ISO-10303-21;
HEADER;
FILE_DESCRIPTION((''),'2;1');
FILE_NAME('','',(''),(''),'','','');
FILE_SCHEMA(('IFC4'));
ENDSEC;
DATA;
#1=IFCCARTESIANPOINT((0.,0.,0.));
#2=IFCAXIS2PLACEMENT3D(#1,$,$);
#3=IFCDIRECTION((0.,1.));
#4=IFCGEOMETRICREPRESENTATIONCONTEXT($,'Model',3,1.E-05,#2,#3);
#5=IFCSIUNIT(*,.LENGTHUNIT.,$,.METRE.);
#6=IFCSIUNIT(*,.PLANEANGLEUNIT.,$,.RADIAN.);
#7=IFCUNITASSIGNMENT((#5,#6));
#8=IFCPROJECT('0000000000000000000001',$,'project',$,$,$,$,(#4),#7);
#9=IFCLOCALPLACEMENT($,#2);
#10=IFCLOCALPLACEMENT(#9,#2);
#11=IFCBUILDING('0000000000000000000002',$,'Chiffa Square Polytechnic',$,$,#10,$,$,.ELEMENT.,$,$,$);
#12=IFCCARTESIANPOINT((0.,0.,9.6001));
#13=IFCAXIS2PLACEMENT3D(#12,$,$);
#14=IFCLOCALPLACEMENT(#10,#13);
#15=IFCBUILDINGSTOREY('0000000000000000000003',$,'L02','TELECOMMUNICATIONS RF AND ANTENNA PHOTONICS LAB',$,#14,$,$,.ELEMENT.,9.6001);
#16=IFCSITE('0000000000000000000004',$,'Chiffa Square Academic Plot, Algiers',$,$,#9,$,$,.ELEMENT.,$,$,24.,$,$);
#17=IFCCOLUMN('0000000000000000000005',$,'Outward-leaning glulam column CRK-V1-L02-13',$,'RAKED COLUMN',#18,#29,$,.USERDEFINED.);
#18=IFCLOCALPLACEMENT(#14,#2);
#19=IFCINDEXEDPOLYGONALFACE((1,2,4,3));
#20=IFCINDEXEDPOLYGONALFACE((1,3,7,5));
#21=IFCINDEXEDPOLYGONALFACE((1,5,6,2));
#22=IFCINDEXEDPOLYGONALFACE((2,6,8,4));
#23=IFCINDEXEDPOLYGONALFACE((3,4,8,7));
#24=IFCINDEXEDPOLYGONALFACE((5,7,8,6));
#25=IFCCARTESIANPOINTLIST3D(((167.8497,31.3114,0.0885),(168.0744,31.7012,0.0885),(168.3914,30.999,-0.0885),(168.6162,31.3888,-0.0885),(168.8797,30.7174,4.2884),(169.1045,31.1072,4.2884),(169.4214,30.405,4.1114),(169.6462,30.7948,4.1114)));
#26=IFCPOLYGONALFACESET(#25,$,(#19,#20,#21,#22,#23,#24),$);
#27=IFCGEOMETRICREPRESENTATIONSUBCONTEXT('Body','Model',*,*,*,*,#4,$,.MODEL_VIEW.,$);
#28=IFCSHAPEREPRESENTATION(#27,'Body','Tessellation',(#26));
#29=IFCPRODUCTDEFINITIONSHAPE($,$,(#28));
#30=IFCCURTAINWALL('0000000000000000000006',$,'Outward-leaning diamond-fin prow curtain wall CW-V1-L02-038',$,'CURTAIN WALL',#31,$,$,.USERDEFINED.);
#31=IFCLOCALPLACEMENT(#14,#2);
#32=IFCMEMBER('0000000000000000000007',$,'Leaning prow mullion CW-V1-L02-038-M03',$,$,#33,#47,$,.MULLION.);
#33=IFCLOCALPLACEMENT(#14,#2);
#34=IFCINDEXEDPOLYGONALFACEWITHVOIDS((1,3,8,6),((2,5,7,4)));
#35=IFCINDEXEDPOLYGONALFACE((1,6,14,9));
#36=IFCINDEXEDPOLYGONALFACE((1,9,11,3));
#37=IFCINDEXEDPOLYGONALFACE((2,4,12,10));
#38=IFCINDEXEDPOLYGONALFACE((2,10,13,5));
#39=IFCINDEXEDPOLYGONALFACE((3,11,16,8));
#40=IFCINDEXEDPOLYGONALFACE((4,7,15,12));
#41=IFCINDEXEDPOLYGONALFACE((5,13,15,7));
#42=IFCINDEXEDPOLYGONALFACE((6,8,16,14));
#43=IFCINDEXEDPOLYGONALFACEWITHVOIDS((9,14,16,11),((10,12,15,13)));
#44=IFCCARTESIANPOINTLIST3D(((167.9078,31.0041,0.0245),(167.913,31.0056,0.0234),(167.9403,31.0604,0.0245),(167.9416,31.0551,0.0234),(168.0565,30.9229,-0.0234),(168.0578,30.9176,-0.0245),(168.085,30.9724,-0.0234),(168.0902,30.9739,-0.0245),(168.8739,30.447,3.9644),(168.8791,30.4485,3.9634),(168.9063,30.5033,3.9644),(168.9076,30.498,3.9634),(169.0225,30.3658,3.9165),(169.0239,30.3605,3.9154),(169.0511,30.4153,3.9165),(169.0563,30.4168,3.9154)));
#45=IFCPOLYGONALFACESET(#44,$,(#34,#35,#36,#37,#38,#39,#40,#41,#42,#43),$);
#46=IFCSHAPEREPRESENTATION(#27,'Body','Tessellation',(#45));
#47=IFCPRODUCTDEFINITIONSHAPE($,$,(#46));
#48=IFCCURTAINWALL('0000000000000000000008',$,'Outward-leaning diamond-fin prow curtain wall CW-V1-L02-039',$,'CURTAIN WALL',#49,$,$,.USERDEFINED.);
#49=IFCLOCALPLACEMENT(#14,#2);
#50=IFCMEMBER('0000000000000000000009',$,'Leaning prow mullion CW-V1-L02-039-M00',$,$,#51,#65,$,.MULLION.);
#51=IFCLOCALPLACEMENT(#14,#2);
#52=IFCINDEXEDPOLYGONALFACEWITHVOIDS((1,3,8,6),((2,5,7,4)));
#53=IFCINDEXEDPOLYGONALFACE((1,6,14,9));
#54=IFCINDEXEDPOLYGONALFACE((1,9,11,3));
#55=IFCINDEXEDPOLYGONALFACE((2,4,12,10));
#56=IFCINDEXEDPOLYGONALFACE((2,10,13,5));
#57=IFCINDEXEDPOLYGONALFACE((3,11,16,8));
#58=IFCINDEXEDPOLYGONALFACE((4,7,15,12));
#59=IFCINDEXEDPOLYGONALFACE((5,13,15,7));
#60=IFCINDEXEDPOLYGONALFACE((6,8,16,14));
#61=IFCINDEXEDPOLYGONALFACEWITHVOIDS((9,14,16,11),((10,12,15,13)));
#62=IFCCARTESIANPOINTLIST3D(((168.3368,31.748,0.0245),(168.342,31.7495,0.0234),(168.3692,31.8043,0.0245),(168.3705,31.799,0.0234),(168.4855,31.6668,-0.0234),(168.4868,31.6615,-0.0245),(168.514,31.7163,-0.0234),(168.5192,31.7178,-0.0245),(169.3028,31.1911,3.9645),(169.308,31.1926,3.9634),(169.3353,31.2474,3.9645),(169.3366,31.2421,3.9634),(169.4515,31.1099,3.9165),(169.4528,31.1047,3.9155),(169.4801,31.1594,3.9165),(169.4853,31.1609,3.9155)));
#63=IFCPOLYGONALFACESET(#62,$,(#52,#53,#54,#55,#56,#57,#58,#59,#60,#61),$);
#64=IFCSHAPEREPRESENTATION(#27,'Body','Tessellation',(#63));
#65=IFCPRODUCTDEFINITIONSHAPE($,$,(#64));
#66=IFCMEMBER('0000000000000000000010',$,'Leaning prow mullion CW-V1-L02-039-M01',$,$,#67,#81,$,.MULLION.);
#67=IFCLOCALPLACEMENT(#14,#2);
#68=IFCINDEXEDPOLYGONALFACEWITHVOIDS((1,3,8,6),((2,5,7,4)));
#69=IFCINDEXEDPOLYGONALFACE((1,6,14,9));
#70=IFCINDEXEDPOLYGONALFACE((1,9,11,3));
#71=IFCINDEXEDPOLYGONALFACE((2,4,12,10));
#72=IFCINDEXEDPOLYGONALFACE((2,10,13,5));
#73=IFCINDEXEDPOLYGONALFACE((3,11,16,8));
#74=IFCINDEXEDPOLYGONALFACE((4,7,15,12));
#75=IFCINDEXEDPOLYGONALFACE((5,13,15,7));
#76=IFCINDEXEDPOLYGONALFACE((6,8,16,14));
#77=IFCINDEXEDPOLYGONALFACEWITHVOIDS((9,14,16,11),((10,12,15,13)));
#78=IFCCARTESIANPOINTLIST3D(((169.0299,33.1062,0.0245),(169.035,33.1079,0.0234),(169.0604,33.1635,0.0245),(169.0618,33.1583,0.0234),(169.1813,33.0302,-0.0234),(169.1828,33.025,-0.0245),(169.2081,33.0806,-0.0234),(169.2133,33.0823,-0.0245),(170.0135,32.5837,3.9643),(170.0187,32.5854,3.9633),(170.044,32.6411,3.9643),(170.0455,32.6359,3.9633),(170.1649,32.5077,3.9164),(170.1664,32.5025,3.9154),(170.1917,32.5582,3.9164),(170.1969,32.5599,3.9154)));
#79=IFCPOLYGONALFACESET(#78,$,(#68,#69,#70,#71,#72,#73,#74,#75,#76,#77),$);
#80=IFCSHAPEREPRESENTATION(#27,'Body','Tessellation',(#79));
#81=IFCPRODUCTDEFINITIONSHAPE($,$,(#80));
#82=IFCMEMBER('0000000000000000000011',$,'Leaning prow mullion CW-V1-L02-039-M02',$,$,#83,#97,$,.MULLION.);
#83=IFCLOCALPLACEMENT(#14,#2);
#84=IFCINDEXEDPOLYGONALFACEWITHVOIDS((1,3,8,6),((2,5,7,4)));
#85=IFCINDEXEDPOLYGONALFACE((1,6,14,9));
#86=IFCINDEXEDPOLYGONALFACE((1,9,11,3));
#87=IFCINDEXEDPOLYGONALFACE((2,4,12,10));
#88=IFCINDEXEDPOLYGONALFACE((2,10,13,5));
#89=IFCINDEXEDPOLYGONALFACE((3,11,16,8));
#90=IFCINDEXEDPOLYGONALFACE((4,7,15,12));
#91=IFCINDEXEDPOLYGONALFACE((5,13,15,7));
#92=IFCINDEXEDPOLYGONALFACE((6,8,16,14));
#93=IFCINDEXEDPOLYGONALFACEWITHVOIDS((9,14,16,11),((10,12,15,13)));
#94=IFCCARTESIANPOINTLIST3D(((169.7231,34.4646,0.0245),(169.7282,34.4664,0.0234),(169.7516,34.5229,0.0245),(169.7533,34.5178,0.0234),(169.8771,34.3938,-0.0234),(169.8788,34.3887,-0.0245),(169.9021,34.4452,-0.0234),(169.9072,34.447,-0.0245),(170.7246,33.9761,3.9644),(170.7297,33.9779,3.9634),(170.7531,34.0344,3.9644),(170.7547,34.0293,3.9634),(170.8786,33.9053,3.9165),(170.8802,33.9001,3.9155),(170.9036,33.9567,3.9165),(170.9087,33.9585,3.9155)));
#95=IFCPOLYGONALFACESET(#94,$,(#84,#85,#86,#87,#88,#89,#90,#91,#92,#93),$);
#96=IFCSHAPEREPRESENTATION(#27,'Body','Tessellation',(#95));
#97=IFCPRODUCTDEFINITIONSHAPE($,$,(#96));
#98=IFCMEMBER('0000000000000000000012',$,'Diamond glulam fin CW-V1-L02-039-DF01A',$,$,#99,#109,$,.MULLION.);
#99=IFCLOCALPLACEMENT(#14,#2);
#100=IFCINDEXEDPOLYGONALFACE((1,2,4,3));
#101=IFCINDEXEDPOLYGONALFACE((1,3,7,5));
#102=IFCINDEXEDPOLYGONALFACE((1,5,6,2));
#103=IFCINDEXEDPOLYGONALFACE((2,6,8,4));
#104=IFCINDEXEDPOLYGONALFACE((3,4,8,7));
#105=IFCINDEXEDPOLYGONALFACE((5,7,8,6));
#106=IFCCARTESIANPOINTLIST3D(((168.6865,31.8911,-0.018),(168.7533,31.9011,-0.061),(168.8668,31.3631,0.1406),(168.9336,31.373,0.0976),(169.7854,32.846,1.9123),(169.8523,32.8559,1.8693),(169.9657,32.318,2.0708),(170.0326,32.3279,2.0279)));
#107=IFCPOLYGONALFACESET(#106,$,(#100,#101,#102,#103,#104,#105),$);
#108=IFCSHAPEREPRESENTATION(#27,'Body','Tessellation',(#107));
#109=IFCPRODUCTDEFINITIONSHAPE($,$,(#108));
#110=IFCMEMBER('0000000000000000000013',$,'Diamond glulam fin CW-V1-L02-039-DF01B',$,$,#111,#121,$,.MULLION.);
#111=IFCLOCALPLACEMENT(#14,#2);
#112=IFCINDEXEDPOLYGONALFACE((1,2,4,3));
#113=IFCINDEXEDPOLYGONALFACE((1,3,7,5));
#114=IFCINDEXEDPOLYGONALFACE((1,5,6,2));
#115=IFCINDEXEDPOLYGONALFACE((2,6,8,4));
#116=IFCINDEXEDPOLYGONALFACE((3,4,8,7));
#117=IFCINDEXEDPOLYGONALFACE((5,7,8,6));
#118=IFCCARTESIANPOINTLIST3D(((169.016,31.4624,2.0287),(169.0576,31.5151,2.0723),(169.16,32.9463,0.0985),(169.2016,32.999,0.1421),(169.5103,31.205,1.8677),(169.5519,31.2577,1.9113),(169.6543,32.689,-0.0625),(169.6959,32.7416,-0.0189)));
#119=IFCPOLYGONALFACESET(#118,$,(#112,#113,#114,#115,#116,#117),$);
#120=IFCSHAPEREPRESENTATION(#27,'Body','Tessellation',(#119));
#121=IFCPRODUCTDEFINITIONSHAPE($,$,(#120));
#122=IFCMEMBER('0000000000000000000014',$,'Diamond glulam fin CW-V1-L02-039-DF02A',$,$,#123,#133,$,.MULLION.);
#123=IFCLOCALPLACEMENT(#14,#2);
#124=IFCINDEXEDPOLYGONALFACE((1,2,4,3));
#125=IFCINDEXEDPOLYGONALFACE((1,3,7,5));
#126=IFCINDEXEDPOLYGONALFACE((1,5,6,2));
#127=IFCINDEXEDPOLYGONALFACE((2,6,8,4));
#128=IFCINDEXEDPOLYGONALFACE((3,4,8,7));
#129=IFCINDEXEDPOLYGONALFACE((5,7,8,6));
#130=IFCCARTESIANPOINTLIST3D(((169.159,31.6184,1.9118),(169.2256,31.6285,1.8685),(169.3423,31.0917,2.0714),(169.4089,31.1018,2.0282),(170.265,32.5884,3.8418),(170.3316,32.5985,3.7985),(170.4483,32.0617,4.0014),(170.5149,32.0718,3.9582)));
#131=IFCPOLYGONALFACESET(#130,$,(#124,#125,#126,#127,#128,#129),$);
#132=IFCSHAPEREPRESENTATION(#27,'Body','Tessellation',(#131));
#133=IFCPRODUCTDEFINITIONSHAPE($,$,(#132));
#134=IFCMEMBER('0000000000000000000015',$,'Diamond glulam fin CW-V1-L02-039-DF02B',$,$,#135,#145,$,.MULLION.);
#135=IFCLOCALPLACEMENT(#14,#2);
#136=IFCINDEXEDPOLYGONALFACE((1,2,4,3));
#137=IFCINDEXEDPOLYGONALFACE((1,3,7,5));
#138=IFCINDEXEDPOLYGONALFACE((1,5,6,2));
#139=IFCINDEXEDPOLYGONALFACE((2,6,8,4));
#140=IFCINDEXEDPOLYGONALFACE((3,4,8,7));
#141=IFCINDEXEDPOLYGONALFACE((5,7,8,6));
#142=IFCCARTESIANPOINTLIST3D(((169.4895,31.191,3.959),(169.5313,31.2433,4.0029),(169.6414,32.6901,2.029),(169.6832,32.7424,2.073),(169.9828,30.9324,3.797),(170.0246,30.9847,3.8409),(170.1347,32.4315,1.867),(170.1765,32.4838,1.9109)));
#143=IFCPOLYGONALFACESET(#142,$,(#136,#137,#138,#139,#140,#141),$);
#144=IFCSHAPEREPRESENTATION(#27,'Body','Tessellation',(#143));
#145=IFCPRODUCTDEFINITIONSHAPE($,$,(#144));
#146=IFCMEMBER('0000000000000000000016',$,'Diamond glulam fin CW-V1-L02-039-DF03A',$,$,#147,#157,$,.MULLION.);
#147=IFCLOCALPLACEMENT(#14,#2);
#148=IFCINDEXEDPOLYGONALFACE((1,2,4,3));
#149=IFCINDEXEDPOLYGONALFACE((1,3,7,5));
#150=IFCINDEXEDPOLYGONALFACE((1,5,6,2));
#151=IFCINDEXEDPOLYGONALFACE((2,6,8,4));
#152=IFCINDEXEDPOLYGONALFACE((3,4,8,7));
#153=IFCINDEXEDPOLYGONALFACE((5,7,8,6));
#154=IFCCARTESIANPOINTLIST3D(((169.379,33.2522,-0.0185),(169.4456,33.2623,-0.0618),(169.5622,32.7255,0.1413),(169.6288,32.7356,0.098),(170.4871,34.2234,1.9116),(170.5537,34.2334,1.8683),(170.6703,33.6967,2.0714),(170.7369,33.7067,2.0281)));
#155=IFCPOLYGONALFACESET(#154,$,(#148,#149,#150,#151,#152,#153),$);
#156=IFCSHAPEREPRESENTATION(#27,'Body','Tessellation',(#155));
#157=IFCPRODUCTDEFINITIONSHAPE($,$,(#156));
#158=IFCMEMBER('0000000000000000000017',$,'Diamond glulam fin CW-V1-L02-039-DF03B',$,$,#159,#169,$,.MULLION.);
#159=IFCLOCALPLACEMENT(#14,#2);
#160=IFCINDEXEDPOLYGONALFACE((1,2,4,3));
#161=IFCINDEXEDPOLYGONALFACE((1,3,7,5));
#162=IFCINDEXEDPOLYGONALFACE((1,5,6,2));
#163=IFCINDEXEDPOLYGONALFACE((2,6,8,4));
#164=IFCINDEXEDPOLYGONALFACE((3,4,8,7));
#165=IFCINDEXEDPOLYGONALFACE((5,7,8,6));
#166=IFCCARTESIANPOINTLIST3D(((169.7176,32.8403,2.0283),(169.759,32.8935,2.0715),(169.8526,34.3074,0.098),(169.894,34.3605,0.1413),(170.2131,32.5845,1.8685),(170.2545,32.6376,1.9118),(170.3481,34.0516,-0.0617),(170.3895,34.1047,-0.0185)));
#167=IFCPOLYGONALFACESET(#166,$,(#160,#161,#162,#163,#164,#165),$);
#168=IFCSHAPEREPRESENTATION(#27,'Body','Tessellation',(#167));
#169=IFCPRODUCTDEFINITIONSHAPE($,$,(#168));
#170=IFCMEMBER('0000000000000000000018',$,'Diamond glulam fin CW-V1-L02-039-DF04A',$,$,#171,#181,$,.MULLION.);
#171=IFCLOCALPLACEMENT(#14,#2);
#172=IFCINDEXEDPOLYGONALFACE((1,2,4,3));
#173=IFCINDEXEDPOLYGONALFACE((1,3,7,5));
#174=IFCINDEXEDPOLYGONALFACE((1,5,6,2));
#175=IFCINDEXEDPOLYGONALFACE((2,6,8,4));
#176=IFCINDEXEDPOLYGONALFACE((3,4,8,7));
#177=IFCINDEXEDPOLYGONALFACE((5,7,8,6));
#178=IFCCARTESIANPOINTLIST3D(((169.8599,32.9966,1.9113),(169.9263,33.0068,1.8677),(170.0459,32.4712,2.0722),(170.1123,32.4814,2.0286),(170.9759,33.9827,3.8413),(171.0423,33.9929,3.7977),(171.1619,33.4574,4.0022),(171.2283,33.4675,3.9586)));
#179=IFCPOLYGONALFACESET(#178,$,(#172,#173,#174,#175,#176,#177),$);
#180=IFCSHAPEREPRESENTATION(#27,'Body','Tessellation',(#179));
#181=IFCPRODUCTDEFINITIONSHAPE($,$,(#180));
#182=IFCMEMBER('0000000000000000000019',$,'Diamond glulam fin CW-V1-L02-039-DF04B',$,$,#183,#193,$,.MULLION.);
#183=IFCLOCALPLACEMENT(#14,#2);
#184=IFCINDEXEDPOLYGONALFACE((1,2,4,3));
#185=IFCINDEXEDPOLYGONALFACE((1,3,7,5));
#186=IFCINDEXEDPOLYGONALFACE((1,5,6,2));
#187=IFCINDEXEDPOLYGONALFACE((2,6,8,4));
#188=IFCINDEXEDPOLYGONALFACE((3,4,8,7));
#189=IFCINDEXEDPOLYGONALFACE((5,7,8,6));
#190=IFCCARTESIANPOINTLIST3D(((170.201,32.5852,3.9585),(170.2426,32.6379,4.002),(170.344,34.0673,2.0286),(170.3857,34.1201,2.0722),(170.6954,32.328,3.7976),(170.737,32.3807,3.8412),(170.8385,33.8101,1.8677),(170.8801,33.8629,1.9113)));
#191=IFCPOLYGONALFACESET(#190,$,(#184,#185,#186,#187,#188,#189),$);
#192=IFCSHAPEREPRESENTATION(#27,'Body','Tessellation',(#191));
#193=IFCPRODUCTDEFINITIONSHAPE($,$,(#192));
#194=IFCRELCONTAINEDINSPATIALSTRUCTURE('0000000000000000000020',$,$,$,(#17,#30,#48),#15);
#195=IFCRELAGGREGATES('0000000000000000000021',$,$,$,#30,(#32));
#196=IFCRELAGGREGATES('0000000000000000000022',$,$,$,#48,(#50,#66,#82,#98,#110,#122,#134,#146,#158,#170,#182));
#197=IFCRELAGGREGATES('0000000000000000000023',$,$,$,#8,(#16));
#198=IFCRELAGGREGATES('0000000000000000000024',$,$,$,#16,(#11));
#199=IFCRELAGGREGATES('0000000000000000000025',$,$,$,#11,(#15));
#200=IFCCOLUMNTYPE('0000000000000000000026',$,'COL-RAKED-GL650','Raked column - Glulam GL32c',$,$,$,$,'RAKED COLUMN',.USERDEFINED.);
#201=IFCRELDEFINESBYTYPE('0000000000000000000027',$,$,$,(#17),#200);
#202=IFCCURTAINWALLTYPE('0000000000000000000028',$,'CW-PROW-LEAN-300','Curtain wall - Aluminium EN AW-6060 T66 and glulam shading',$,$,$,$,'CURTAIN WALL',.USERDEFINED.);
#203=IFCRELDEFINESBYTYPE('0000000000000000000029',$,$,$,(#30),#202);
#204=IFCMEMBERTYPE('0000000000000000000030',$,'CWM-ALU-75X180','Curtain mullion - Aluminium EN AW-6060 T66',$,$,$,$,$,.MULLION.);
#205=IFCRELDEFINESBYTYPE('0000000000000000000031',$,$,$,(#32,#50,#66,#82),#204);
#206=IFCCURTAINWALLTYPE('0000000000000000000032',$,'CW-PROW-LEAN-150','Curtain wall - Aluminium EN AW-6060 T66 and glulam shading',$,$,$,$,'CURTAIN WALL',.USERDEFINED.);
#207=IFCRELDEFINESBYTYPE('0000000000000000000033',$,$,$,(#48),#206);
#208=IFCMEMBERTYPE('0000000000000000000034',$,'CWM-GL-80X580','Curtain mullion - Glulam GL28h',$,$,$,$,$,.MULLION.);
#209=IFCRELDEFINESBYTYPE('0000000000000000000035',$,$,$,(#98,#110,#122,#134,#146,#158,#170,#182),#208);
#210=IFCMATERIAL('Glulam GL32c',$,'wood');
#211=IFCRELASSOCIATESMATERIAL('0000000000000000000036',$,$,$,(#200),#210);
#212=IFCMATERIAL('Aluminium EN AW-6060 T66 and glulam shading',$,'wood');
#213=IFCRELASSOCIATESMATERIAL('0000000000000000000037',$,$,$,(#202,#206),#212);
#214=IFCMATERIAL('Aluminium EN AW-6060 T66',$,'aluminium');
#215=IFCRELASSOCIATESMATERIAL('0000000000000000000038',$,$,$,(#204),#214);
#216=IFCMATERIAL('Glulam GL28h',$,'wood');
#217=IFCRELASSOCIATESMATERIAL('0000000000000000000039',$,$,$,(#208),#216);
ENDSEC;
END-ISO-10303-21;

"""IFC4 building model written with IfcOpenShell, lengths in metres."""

from ifc_helpers import new_model, si_unit, direction, frame, origin, origin_2d, place, context, subcontext, project, spatial, rectangle, hollow_rectangle, extrude, material, material_profile, profile_set, type_object, element, aggregate, save


model = new_model("IFC4")

# Units and contexts
model_context = context("Model", 3, precision=1e-05, world=origin(), true_north=direction((0.0, 1.0)))
body_context = subcontext(model_context, "Body", "Model", "MODEL_VIEW")
ifc_project = project(units=[si_unit("LENGTHUNIT", "METRE"), si_unit("PLANEANGLEUNIT", "RADIAN")], contexts=[model_context])

# Site, building, storey
site_placement = place(None, origin())
site = spatial("IfcSite", under=ifc_project, at=site_placement, Name="Chiffa Square Academic Plot, Algiers", CompositionType="ELEMENT", RefElevation=24.0)
building_placement = place(site_placement, origin())
building = spatial("IfcBuilding", under=site, at=building_placement, Name="Chiffa Square Polytechnic", CompositionType="ELEMENT")
storey_placement = place(building_placement, frame((0.0, 0.0, 9.6001)))
storey = spatial("IfcBuildingStorey", under=building, at=storey_placement, Name="L02", Description="TELECOMMUNICATIONS RF AND ANTENNA PHOTONICS LAB", CompositionType="ELEMENT", Elevation=9.6001)

# Column
ifc_material_1 = material(Name="Glulam GL32c", Category="wood")
ifc_material_profile_1 = material_profile(ifc_material_1, rectangle(XDim=0.45, YDim=0.6499, at=origin_2d()), Name="GL32c 450x650")
ifc_profile_set_1 = profile_set([ifc_material_profile_1], Name="Glulam GL32c")
column_type = type_object("IfcColumnType", Name="COL-RAKED-GL650", Description="Raked column - Glulam GL32c", ElementType="RAKED COLUMN", PredefinedType="USERDEFINED", material=ifc_profile_set_1)
column_placement = place(storey_placement, frame((168.2329, 31.3501, 0.0), z_axis=(0.235974, -0.136081, 0.962184), x_axis=(0.499562, 0.866278, 0.0)))
element("IfcColumn", 1, at=column_placement, inside=storey, type_object=column_type, Name="Outward-leaning glulam column CRK-V1-L02-13", ObjectType="RAKED COLUMN", PredefinedType="USERDEFINED", context=body_context, shape_type="SweptSolid", body=[
    extrude(rectangle(XDim=0.45, YDim=0.6499, at=origin_2d()), origin(), (0.0, 0.0, 1.0), 4.365),
])

# Curtain wall, member
ifc_material_2 = material(Name="Aluminium EN AW-6060 T66 and glulam shading", Category="wood")
curtain_wall_type_1 = type_object("IfcCurtainWallType", Name="CW-PROW-LEAN-300", Description="Curtain wall - Aluminium EN AW-6060 T66 and glulam shading", ElementType="CURTAIN WALL", PredefinedType="USERDEFINED", material=ifc_material_2)
curtain_wall_1_placement = place(storey_placement, origin())
curtain_wall_1 = element("IfcCurtainWall", 2, at=curtain_wall_1_placement, inside=storey, type_object=curtain_wall_type_1, Name="Outward-leaning diamond-fin prow curtain wall CW-V1-L02-038", ObjectType="CURTAIN WALL", PredefinedType="USERDEFINED")
ifc_material_3 = material(Name="Aluminium EN AW-6060 T66", Category="aluminium")
ifc_material_profile_2 = material_profile(ifc_material_3, hollow_rectangle(XDim=0.0649, YDim=0.1799, WallThickness=0.0039, at=origin_2d()), Name="ALU 65x180x4")
ifc_profile_set_2 = profile_set([ifc_material_profile_2], Name="Aluminium EN AW-6060 T66")
member_type_1 = type_object("IfcMemberType", Name="CWM-ALU-75X180", Description="Curtain mullion - Aluminium EN AW-6060 T66", PredefinedType="MULLION", material=ifc_profile_set_2)
member_1_placement = place(storey_placement, frame((167.999, 30.989, 0.0), z_axis=(0.235929, -0.13606, 0.962198), x_axis=(0.499577, 0.866269, 0.0)))
member_1 = element("IfcMember", 3, at=member_1_placement, type_object=member_type_1, Name="Leaning prow mullion CW-V1-L02-038-M03", PredefinedType="MULLION", context=body_context, shape_type="SweptSolid", body=[
    extrude(hollow_rectangle(XDim=0.0649, YDim=0.1799, WallThickness=0.0039, at=origin_2d()), origin(), (0.0, 0.0, 1.0), 4.0947),
])
aggregate(curtain_wall_1, [member_1])

# Curtain wall, members
curtain_wall_type_2 = type_object("IfcCurtainWallType", Name="CW-PROW-LEAN-150", Description="Curtain wall - Aluminium EN AW-6060 T66 and glulam shading", ElementType="CURTAIN WALL", PredefinedType="USERDEFINED", material=ifc_material_2)
curtain_wall_2_placement = place(storey_placement, origin())
curtain_wall_2 = element("IfcCurtainWall", 4, at=curtain_wall_2_placement, inside=storey, type_object=curtain_wall_type_2, Name="Outward-leaning diamond-fin prow curtain wall CW-V1-L02-039", ObjectType="CURTAIN WALL", PredefinedType="USERDEFINED")
member_2_placement = place(storey_placement, frame((168.428, 31.7329, 0.0), z_axis=(0.235931, -0.136001, 0.962206), x_axis=(0.499413, 0.866364, 0.0)))
member_2 = element("IfcMember", 5, at=member_2_placement, type_object=member_type_1, Name="Leaning prow mullion CW-V1-L02-039-M00", PredefinedType="MULLION", context=body_context, shape_type="SweptSolid", body=[
    extrude(hollow_rectangle(XDim=0.0649, YDim=0.1799, WallThickness=0.0039, at=origin_2d()), origin(), (0.0, 0.0, 1.0), 4.0947),
])
member_3_placement = place(storey_placement, frame((169.1216, 33.0942, 0.0), z_axis=(0.240244, -0.127606, 0.962289), x_axis=(0.469086, 0.883153, 0.0)))
member_3 = element("IfcMember", 6, at=member_3_placement, type_object=member_type_1, Name="Leaning prow mullion CW-V1-L02-039-M01", PredefinedType="MULLION", context=body_context, shape_type="SweptSolid", body=[
    extrude(hollow_rectangle(XDim=0.0649, YDim=0.1799, WallThickness=0.0039, at=origin_2d()), origin(), (0.0, 0.0, 1.0), 4.0942),
])
member_4_placement = place(storey_placement, frame((169.8152, 34.4558, 0.0), z_axis=(0.244589, -0.119313, 0.962258), x_axis=(0.438428, 0.898766, 0.0)))
member_4 = element("IfcMember", 7, at=member_4_placement, type_object=member_type_1, Name="Leaning prow mullion CW-V1-L02-039-M02", PredefinedType="MULLION", context=body_context, shape_type="SweptSolid", body=[
    extrude(hollow_rectangle(XDim=0.0649, YDim=0.1799, WallThickness=0.0039, at=origin_2d()), origin(), (0.0, 0.0, 1.0), 4.0945),
])
ifc_material_4 = material(Name="Glulam GL28h", Category="wood")
ifc_material_profile_3 = material_profile(ifc_material_4, rectangle(XDim=0.0801, YDim=0.5801, at=origin_2d()), Name="GL28h 80x580")
ifc_profile_set_3 = profile_set([ifc_material_profile_3], Name="Glulam GL28h")
member_type_2 = type_object("IfcMemberType", Name="CWM-GL-80X580", Description="Curtain mullion - Glulam GL28h", PredefinedType="MULLION", material=ifc_profile_set_3)
member_5_placement = place(storey_placement, frame((168.8101, 31.6321, 0.0398), z_axis=(0.454531, 0.39495, 0.798383), x_axis=(-0.834744, -0.123891, 0.536519)))
member_5 = element("IfcMember", 8, at=member_5_placement, type_object=member_type_2, Name="Diamond glulam fin CW-V1-L02-039-DF01A", PredefinedType="MULLION", context=body_context, shape_type="SweptSolid", body=[
    extrude(rectangle(XDim=0.0801, YDim=0.5801, at=origin_2d()), origin(), (0.0, 0.0, 1.0), 2.4177),
])
member_6_placement = place(storey_placement, frame((169.428, 32.844, 0.0398), z_axis=(-0.059061, -0.608424, 0.791412), x_axis=(0.519996, 0.657991, 0.544658)))
member_6 = element("IfcMember", 9, at=member_6_placement, type_object=member_type_2, Name="Diamond glulam fin CW-V1-L02-039-DF01B", PredefinedType="MULLION", context=body_context, shape_type="SweptSolid", body=[
    extrude(rectangle(XDim=0.0801, YDim=0.5801, at=origin_2d()), origin(), (0.0, 0.0, 1.0), 2.439),
])
member_7_placement = place(storey_placement, frame((169.2839, 31.3601, 1.97), z_axis=(0.455755, 0.399716, 0.795308), x_axis=(-0.832104, -0.125931, 0.540134)))
member_7 = element("IfcMember", 10, at=member_7_placement, type_object=member_type_2, Name="Diamond glulam fin CW-V1-L02-039-DF02A", PredefinedType="MULLION", context=body_context, shape_type="SweptSolid", body=[
    extrude(rectangle(XDim=0.0801, YDim=0.5801, at=origin_2d()), origin(), (0.0, 0.0, 1.0), 2.4268),
])
member_8_placement = place(storey_placement, frame((169.9089, 32.5869, 1.97), z_axis=(-0.062022, -0.612241, 0.788235), x_axis=(0.522464, 0.65299, 0.548302)))
member_8 = element("IfcMember", 11, at=member_8_placement, type_object=member_type_2, Name="Diamond glulam fin CW-V1-L02-039-DF02B", PredefinedType="MULLION", context=body_context, shape_type="SweptSolid", body=[
    extrude(rectangle(XDim=0.0801, YDim=0.5801, at=origin_2d()), origin(), (0.0, 0.0, 1.0), 2.4485),
])
member_9_placement = place(storey_placement, frame((169.5039, 32.9939, 0.0398), z_axis=(0.456344, 0.399942, 0.794857), x_axis=(-0.831847, -0.125366, 0.54066)))
member_9 = element("IfcMember", 12, at=member_9_placement, type_object=member_type_2, Name="Diamond glulam fin CW-V1-L02-039-DF03A", PredefinedType="MULLION", context=body_context, shape_type="SweptSolid", body=[
    extrude(rectangle(XDim=0.0801, YDim=0.5801, at=origin_2d()), origin(), (0.0, 0.0, 1.0), 2.4282),
])
member_10_placement = place(storey_placement, frame((170.1211, 34.2061, 0.0398), z_axis=(-0.055601, -0.604175, 0.794909), x_axis=(0.516987, 0.663685, 0.540599)))
member_10 = element("IfcMember", 13, at=member_10_placement, type_object=member_type_2, Name="Diamond glulam fin CW-V1-L02-039-DF03B", PredefinedType="MULLION", context=body_context, shape_type="SweptSolid", body=[
    extrude(rectangle(XDim=0.0801, YDim=0.5801, at=origin_2d()), origin(), (0.0, 0.0, 1.0), 2.4282),
])
member_11_placement = place(storey_placement, frame((169.9861, 32.739, 1.97), z_axis=(0.457795, 0.404514, 0.791702), x_axis=(-0.829225, -0.126884, 0.544323)))
member_11 = element("IfcMember", 14, at=member_11_placement, type_object=member_type_2, Name="Diamond glulam fin CW-V1-L02-039-DF04A", PredefinedType="MULLION", context=body_context, shape_type="SweptSolid", body=[
    extrude(rectangle(XDim=0.0801, YDim=0.5801, at=origin_2d()), origin(), (0.0, 0.0, 1.0), 2.4377),
])
member_12_placement = place(storey_placement, frame((170.6121, 33.9651, 1.97), z_axis=(-0.058691, -0.608045, 0.79173), x_axis=(0.519667, 0.658555, 0.54429)))
member_12 = element("IfcMember", 15, at=member_12_placement, type_object=member_type_2, Name="Diamond glulam fin CW-V1-L02-039-DF04B", PredefinedType="MULLION", context=body_context, shape_type="SweptSolid", body=[
    extrude(rectangle(XDim=0.0801, YDim=0.5801, at=origin_2d()), origin(), (0.0, 0.0, 1.0), 2.4375),
])

aggregate(curtain_wall_2, [member_2, member_3, member_4, member_5, member_6, member_7, member_8, member_9, member_10, member_11, member_12])

save(model, "model.ifc")
